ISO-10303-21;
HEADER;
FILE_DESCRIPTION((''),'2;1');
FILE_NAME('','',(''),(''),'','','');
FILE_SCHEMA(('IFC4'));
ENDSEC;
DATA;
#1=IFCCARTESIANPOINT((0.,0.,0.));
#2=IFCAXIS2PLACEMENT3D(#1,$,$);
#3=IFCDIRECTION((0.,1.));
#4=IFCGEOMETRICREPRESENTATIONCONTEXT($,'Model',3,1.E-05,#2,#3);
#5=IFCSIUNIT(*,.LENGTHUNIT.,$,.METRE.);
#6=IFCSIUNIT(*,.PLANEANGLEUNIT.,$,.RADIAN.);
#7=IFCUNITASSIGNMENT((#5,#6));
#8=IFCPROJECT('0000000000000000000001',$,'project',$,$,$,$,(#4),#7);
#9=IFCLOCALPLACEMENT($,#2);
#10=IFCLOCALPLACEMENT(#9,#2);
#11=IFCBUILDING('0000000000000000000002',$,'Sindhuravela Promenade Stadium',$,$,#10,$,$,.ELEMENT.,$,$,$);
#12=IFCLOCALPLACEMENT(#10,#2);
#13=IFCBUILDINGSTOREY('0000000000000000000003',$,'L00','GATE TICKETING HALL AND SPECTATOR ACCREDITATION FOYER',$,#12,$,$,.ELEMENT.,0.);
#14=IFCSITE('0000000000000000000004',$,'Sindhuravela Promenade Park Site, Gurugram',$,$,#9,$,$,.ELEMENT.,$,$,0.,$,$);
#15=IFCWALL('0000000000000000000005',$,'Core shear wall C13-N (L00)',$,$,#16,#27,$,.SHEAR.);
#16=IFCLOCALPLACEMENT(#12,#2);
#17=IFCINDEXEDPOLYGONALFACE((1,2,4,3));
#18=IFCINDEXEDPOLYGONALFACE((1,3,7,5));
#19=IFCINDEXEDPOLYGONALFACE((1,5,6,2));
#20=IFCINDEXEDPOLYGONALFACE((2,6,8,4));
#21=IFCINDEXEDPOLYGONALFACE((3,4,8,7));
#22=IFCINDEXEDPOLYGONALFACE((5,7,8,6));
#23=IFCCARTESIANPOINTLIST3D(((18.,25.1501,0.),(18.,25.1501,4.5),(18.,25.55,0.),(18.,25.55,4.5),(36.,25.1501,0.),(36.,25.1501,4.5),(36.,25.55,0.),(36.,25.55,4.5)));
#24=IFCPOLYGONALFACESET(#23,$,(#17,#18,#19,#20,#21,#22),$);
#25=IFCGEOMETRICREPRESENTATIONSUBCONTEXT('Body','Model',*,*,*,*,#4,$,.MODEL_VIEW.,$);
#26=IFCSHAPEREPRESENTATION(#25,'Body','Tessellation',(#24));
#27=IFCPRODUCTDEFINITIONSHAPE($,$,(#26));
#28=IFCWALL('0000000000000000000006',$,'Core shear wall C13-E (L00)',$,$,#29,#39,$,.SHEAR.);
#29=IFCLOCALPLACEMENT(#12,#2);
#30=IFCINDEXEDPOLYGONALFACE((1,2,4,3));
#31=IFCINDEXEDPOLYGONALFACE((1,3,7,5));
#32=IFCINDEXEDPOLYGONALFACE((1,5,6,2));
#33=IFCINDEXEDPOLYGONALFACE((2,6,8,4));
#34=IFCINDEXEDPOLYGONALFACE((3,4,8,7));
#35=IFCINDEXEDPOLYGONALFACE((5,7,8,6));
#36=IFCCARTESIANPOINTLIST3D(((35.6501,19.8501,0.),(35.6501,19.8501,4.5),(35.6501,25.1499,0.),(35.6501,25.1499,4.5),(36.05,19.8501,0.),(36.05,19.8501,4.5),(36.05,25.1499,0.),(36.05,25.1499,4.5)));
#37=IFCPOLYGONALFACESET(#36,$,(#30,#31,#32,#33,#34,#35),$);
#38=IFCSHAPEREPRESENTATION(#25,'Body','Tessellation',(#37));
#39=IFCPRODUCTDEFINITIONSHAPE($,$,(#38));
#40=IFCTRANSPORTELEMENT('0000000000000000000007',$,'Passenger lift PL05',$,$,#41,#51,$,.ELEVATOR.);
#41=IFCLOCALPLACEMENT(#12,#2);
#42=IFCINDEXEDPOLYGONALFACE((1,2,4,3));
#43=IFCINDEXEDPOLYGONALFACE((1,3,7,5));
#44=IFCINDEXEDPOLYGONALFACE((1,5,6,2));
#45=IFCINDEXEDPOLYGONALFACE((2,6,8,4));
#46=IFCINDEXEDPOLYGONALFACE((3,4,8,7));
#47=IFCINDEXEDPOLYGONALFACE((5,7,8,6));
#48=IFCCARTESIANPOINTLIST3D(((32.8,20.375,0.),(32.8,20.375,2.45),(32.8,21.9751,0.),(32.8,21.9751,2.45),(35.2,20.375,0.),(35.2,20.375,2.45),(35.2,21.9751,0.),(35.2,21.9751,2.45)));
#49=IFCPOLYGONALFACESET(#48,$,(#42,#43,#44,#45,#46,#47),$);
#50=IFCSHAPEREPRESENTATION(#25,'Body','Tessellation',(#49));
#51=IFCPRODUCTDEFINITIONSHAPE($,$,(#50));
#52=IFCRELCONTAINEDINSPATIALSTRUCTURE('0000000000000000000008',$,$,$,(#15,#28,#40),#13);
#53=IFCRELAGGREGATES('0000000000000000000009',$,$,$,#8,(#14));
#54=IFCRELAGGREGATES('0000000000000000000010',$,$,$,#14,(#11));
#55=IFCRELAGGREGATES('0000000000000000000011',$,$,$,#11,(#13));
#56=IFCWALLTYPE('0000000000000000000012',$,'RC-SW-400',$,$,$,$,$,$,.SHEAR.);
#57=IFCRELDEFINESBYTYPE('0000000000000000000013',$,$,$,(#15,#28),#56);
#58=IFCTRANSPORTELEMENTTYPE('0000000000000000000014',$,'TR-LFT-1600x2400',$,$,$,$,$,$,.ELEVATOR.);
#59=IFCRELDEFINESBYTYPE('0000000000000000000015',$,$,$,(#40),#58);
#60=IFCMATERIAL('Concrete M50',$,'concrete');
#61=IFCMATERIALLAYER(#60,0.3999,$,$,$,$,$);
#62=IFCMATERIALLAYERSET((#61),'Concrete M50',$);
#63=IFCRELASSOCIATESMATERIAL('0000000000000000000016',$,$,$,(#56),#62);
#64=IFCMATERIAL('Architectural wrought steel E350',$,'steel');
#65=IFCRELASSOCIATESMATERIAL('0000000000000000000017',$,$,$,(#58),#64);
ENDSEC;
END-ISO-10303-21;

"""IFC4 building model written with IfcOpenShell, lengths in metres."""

from ifc_helpers import new_model, si_unit, direction, frame, frame_2d, origin, origin_2d, place, context, subcontext, project, spatial, rectangle, extrude, material, layer, layer_set, type_object, element, save


model = new_model("IFC4")

# Units and contexts
model_context = context("Model", 3, precision=1e-05, world=origin(), true_north=direction((0.0, 1.0)))
body_context = subcontext(model_context, "Body", "Model", "MODEL_VIEW")
ifc_project = project(units=[si_unit("LENGTHUNIT", "METRE"), si_unit("PLANEANGLEUNIT", "RADIAN")], contexts=[model_context])

# Site, building, storey
site_placement = place(None, origin())
site = spatial("IfcSite", under=ifc_project, at=site_placement, Name="Sindhuravela Promenade Park Site, Gurugram", CompositionType="ELEMENT", RefElevation=0.0)
building_placement = place(site_placement, origin())
building = spatial("IfcBuilding", under=site, at=building_placement, Name="Sindhuravela Promenade Stadium", CompositionType="ELEMENT")
storey_placement = place(building_placement, origin())
storey = spatial("IfcBuildingStorey", under=building, at=storey_placement, Name="L00", Description="GATE TICKETING HALL AND SPECTATOR ACCREDITATION FOYER", CompositionType="ELEMENT", Elevation=0.0)

# Shared definitions
ifc_material_1 = material(Name="Concrete M50", Category="concrete")

# Shared definitions
ifc_material_2 = material(Name="Architectural wrought steel E350", Category="steel")

# Walls
ifc_layer_1 = layer(ifc_material_1, 0.3999)
ifc_layer_set_1 = layer_set([ifc_layer_1], Name="Concrete M50")
wall_type_1 = type_object("IfcWallType", Name="RC-SW-400", PredefinedType="SHEAR", material=ifc_layer_set_1)
wall_1_placement = place(storey_placement, frame((36.0, 25.3501, 0.0), z_axis=(0.0, 0.0, 1.0), x_axis=(-1.0, 0.0, 0.0)))
element("IfcWall", 1, at=wall_1_placement, inside=storey, type_object=wall_type_1, Name="Core shear wall C13-N (L00)", PredefinedType="SHEAR", context=body_context, shape_type="SweptSolid", body=[
    extrude(rectangle(XDim=18.0, YDim=0.3999, at=frame_2d((9.0, 0.0))), origin(), (0.0, 0.0, 1.0), 4.5),
])
wall_2_placement = place(storey_placement, frame((35.8501, 19.8501, 0.0), z_axis=(0.0, 0.0, 1.0), x_axis=(0.0, 1.0, 0.0)))
element("IfcWall", 2, at=wall_2_placement, inside=storey, type_object=wall_type_1, Name="Core shear wall C13-E (L00)", PredefinedType="SHEAR", context=body_context, shape_type="SweptSolid", body=[
    extrude(rectangle(XDim=5.2998, YDim=0.3999, at=frame_2d((2.6499, 0.0))), origin(), (0.0, 0.0, 1.0), 4.5),
])

# Transport element
transport_element_type = type_object("IfcTransportElementType", Name="TR-LFT-1600x2400", PredefinedType="ELEVATOR", material=ifc_material_2)
transport_element_placement = place(storey_placement, frame((34.0, 21.175, 0.0), z_axis=(0.0, 0.0, 1.0), x_axis=(1.0, 0.0, 0.0)))
element("IfcTransportElement", 3, at=transport_element_placement, inside=storey, type_object=transport_element_type, Name="Passenger lift PL05", PredefinedType="ELEVATOR", context=body_context, shape_type="SweptSolid", body=[
    extrude(rectangle(XDim=2.3999, YDim=1.6001, at=origin_2d()), origin(), (0.0, 0.0, 1.0), 2.45),
])

save(model, "model.ifc")
